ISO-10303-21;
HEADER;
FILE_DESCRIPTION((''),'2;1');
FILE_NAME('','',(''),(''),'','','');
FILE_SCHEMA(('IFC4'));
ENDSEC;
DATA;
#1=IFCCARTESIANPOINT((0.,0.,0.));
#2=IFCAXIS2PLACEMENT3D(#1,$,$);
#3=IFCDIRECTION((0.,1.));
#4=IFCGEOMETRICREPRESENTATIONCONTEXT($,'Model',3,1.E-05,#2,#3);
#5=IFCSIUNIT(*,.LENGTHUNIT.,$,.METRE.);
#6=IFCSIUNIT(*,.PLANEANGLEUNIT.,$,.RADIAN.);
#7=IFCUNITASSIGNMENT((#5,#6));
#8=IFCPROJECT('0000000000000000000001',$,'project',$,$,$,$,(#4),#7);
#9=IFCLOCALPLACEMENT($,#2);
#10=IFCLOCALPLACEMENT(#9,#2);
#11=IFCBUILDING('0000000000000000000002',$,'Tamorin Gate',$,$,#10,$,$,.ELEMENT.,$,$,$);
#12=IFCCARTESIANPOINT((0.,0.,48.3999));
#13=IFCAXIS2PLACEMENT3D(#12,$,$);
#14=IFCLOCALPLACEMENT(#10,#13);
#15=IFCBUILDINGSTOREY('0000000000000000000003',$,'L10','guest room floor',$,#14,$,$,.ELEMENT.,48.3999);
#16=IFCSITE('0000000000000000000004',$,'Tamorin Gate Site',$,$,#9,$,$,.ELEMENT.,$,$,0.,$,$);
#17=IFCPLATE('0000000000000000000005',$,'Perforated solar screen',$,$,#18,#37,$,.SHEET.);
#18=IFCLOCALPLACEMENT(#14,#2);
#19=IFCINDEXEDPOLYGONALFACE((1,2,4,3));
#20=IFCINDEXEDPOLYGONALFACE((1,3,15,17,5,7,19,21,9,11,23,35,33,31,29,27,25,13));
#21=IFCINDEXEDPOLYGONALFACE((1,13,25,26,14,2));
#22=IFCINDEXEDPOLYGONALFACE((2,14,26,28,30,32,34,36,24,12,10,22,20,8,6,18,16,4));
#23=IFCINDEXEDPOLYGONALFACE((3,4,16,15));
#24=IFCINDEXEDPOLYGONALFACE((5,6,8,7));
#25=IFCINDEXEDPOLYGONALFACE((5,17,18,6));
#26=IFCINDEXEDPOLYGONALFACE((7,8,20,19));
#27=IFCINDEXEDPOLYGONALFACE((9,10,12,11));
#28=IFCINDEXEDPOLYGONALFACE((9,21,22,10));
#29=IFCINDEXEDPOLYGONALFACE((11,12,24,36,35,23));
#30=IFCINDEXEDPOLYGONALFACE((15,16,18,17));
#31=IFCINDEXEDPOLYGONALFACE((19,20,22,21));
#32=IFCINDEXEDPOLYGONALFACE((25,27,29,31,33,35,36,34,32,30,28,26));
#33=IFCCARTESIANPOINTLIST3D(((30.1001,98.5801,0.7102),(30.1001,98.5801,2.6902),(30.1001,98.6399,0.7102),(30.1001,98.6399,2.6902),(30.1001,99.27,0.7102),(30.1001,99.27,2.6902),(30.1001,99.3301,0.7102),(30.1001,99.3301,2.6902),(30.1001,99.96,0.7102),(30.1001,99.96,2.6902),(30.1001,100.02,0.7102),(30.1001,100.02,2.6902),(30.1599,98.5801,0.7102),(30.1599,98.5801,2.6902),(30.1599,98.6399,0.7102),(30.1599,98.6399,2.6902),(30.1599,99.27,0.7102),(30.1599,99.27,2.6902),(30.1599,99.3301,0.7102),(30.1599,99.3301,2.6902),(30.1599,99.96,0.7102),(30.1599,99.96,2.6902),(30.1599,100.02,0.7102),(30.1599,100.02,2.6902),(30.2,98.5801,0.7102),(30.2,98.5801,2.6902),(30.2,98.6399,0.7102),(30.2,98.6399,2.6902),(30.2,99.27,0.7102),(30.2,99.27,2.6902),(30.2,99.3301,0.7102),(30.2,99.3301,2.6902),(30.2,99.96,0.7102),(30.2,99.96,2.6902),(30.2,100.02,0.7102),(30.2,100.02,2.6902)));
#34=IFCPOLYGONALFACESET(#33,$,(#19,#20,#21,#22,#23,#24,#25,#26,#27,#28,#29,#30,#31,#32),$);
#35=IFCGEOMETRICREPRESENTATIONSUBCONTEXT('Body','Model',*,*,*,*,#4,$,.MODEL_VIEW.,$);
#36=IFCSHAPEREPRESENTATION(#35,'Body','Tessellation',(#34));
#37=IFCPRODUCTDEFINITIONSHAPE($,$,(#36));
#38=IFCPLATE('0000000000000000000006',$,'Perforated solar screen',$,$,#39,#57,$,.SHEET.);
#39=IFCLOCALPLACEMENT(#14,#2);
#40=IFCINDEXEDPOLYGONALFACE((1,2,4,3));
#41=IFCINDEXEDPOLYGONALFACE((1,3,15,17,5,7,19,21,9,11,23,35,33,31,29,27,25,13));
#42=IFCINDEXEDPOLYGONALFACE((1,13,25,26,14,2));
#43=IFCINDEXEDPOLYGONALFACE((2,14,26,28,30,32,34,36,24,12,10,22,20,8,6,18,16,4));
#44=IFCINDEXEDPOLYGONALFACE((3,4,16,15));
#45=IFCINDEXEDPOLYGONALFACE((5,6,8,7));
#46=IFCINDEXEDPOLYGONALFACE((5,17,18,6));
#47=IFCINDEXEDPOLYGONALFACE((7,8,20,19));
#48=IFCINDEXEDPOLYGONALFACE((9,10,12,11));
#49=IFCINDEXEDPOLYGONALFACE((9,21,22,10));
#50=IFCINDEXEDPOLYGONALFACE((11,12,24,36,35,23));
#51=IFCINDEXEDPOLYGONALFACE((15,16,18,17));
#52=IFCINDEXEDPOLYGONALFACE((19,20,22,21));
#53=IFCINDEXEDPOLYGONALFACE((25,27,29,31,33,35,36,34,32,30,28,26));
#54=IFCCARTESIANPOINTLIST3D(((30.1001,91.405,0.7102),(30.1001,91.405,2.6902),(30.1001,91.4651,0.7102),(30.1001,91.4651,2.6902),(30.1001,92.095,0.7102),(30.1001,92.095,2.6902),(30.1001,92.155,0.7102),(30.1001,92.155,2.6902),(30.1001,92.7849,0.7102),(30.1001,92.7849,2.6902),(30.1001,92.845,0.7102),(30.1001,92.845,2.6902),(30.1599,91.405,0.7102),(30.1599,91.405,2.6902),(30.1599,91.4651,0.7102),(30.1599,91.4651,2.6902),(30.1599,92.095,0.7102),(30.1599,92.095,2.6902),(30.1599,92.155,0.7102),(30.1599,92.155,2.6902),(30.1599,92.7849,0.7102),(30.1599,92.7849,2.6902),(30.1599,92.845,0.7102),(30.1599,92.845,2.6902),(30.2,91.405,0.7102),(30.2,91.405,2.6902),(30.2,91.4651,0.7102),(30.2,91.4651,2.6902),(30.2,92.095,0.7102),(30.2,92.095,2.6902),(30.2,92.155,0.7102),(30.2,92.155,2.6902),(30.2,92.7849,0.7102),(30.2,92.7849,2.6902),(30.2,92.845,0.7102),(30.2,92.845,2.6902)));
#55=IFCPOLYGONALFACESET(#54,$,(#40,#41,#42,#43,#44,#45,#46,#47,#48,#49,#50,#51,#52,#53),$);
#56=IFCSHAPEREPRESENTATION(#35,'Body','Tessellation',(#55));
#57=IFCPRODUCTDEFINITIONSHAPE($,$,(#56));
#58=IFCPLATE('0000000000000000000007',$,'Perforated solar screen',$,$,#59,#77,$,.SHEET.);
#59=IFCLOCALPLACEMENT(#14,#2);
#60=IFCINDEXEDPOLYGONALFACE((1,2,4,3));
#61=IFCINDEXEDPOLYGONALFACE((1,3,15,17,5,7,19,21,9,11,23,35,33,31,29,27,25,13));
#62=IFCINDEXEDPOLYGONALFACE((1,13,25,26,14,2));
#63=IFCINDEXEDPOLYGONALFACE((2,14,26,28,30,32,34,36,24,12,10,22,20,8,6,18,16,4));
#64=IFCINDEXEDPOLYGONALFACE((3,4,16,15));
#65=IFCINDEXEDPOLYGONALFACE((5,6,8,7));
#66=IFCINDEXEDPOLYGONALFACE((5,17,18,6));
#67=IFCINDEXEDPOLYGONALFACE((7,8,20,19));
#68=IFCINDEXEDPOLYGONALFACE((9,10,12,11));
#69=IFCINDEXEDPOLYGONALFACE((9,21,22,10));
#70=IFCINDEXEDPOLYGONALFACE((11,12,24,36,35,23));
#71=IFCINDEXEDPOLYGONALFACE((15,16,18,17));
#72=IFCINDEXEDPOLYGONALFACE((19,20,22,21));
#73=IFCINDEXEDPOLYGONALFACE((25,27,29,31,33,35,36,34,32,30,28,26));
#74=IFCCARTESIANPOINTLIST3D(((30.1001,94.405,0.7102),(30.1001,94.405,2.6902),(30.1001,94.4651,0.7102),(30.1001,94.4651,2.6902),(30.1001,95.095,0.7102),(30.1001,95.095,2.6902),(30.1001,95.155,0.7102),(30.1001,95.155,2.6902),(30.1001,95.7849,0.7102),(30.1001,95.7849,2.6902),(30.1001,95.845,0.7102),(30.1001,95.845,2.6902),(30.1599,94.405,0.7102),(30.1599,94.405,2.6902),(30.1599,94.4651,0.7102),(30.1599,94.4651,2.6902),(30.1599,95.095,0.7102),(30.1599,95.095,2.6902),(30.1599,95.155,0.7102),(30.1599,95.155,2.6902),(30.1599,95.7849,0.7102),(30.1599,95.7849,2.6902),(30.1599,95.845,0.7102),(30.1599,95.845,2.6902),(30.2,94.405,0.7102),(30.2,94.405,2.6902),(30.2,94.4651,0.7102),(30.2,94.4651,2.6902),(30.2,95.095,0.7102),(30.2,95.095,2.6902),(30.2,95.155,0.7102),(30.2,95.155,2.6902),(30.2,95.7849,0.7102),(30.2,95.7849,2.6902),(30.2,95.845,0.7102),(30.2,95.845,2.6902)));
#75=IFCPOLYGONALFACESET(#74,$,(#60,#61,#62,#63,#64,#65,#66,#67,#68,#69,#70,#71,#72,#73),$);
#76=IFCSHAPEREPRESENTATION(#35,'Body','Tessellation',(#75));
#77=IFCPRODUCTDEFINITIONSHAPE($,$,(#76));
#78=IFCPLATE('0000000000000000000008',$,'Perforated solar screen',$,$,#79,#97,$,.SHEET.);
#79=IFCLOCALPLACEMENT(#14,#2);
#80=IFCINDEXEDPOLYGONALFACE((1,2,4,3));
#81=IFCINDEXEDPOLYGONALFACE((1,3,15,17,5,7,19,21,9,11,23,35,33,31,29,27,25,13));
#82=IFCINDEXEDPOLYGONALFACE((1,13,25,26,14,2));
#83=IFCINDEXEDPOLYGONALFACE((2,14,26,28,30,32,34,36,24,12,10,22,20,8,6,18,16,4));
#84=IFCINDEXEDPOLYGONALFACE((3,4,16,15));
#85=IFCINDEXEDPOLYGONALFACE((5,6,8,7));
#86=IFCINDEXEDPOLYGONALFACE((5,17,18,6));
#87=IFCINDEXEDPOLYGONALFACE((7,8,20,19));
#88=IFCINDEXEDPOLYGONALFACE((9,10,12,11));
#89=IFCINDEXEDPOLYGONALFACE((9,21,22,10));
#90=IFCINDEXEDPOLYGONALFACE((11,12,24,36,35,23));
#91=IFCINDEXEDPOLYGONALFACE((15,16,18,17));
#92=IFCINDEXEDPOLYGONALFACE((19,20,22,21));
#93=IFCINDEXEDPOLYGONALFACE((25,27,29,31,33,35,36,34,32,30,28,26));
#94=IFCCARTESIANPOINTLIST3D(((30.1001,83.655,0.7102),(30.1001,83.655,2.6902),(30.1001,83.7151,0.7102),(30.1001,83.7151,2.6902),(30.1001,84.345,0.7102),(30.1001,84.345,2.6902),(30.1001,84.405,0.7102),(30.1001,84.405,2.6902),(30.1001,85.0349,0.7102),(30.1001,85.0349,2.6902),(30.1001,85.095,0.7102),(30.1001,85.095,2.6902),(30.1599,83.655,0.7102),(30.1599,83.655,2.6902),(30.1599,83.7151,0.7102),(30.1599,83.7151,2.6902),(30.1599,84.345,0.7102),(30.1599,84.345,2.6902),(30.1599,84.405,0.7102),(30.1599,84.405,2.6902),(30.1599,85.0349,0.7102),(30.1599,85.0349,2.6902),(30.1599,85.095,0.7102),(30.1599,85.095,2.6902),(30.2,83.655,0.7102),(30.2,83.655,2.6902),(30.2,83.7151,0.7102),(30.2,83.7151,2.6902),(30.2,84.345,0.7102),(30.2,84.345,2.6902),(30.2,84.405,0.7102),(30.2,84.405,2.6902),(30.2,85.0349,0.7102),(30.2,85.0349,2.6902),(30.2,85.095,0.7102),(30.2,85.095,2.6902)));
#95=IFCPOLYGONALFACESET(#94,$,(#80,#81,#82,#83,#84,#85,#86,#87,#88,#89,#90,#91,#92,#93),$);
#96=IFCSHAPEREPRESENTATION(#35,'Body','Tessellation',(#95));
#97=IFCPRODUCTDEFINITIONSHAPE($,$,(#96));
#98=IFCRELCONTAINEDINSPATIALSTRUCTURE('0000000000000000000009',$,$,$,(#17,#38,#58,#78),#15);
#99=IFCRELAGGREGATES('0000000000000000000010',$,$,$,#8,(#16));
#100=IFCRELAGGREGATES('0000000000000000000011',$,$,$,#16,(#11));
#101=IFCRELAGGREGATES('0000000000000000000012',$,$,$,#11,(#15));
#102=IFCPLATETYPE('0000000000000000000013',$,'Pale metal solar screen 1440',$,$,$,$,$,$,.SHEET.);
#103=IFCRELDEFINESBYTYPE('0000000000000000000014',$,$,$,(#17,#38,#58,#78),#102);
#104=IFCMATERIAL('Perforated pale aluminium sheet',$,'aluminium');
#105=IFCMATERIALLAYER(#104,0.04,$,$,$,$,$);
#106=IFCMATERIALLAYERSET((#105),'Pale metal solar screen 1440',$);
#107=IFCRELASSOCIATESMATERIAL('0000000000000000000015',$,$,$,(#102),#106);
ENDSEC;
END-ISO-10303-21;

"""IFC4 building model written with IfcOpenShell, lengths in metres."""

from ifc_helpers import new_model, si_unit, direction, frame, origin, place, context, subcontext, project, spatial, polyline, outline, extrude, material, layer, layer_set, type_object, element, save


model = new_model("IFC4")

# Units and contexts
model_context = context("Model", 3, precision=1e-05, world=origin(), true_north=direction((0.0, 1.0)))
body_context = subcontext(model_context, "Body", "Model", "MODEL_VIEW")
ifc_project = project(units=[si_unit("LENGTHUNIT", "METRE"), si_unit("PLANEANGLEUNIT", "RADIAN")], contexts=[model_context])

# Site, building, storey
site_placement = place(None, origin())
site = spatial("IfcSite", under=ifc_project, at=site_placement, Name="Tamorin Gate Site", CompositionType="ELEMENT", RefElevation=0.0)
building_placement = place(site_placement, origin())
building = spatial("IfcBuilding", under=site, at=building_placement, Name="Tamorin Gate", CompositionType="ELEMENT")
storey_placement = place(building_placement, frame((0.0, 0.0, 48.3999)))
storey = spatial("IfcBuildingStorey", under=building, at=storey_placement, Name="L10", Description="guest room floor", CompositionType="ELEMENT", Elevation=48.3999)

# Plates
ifc_material = material(Name="Perforated pale aluminium sheet", Category="aluminium")
ifc_layer = layer(ifc_material, 0.04)
ifc_layer_set = layer_set([ifc_layer], Name="Pale metal solar screen 1440")
plate_type = type_object("IfcPlateType", Name="Pale metal solar screen 1440", PredefinedType="SHEET", material=ifc_layer_set)
plate_1_placement = place(storey_placement, frame((0.0, 0.0, 0.7102)))
element("IfcPlate", 1, at=plate_1_placement, inside=storey, type_object=plate_type, Name="Perforated solar screen", PredefinedType="SHEET", context=body_context, shape_type="SweptSolid", body=[
    extrude(outline(polyline([(30.1599, 100.02), (30.2, 100.02), (30.2, 99.96), (30.2, 99.3301), (30.2, 99.27), (30.2, 98.6399), (30.2, 98.5801), (30.1599, 98.5801), (30.1001, 98.5801), (30.1001, 98.6399), (30.1599, 98.6399), (30.1599, 99.27), (30.1001, 99.27), (30.1001, 99.3301), (30.1599, 99.3301), (30.1599, 99.96), (30.1001, 99.96), (30.1001, 100.02), (30.1599, 100.02)])), origin(), (0.0, 0.0, 1.0), 1.98),
])
plate_2_placement = place(storey_placement, frame((0.0, 0.0, 0.7102)))
element("IfcPlate", 2, at=plate_2_placement, inside=storey, type_object=plate_type, Name="Perforated solar screen", PredefinedType="SHEET", context=body_context, shape_type="SweptSolid", body=[
    extrude(outline(polyline([(30.1599, 92.845), (30.2, 92.845), (30.2, 92.7849), (30.2, 92.155), (30.2, 92.095), (30.2, 91.4651), (30.2, 91.405), (30.1599, 91.405), (30.1001, 91.405), (30.1001, 91.4651), (30.1599, 91.4651), (30.1599, 92.095), (30.1001, 92.095), (30.1001, 92.155), (30.1599, 92.155), (30.1599, 92.7849), (30.1001, 92.7849), (30.1001, 92.845), (30.1599, 92.845)])), origin(), (0.0, 0.0, 1.0), 1.98),
])
plate_3_placement = place(storey_placement, frame((0.0, 0.0, 0.7102)))
element("IfcPlate", 3, at=plate_3_placement, inside=storey, type_object=plate_type, Name="Perforated solar screen", PredefinedType="SHEET", context=body_context, shape_type="SweptSolid", body=[
    extrude(outline(polyline([(30.1599, 95.845), (30.2, 95.845), (30.2, 95.7849), (30.2, 95.155), (30.2, 95.095), (30.2, 94.4651), (30.2, 94.405), (30.2, 94.405), (30.1599, 94.405), (30.1599, 94.405), (30.1001, 94.405), (30.1001, 94.4651), (30.1599, 94.4651), (30.1599, 95.095), (30.1001, 95.095), (30.1001, 95.155), (30.1599, 95.155), (30.1599, 95.7849), (30.1001, 95.7849), (30.1001, 95.845), (30.1599, 95.845)])), origin(), (0.0, 0.0, 1.0), 1.98),
])
plate_4_placement = place(storey_placement, frame((0.0, 0.0, 0.7102)))
element("IfcPlate", 4, at=plate_4_placement, inside=storey, type_object=plate_type, Name="Perforated solar screen", PredefinedType="SHEET", context=body_context, shape_type="SweptSolid", body=[
    extrude(outline(polyline([(30.1599, 85.095), (30.2, 85.095), (30.2, 85.0349), (30.2, 84.405), (30.2, 84.345), (30.2, 83.7151), (30.2, 83.655), (30.1599, 83.655), (30.1001, 83.655), (30.1001, 83.7151), (30.1599, 83.7151), (30.1599, 84.345), (30.1001, 84.345), (30.1001, 84.405), (30.1599, 84.405), (30.1599, 85.0349), (30.1001, 85.0349), (30.1001, 85.095), (30.1599, 85.095)])), origin(), (0.0, 0.0, 1.0), 1.98),
])

save(model, "model.ifc")
